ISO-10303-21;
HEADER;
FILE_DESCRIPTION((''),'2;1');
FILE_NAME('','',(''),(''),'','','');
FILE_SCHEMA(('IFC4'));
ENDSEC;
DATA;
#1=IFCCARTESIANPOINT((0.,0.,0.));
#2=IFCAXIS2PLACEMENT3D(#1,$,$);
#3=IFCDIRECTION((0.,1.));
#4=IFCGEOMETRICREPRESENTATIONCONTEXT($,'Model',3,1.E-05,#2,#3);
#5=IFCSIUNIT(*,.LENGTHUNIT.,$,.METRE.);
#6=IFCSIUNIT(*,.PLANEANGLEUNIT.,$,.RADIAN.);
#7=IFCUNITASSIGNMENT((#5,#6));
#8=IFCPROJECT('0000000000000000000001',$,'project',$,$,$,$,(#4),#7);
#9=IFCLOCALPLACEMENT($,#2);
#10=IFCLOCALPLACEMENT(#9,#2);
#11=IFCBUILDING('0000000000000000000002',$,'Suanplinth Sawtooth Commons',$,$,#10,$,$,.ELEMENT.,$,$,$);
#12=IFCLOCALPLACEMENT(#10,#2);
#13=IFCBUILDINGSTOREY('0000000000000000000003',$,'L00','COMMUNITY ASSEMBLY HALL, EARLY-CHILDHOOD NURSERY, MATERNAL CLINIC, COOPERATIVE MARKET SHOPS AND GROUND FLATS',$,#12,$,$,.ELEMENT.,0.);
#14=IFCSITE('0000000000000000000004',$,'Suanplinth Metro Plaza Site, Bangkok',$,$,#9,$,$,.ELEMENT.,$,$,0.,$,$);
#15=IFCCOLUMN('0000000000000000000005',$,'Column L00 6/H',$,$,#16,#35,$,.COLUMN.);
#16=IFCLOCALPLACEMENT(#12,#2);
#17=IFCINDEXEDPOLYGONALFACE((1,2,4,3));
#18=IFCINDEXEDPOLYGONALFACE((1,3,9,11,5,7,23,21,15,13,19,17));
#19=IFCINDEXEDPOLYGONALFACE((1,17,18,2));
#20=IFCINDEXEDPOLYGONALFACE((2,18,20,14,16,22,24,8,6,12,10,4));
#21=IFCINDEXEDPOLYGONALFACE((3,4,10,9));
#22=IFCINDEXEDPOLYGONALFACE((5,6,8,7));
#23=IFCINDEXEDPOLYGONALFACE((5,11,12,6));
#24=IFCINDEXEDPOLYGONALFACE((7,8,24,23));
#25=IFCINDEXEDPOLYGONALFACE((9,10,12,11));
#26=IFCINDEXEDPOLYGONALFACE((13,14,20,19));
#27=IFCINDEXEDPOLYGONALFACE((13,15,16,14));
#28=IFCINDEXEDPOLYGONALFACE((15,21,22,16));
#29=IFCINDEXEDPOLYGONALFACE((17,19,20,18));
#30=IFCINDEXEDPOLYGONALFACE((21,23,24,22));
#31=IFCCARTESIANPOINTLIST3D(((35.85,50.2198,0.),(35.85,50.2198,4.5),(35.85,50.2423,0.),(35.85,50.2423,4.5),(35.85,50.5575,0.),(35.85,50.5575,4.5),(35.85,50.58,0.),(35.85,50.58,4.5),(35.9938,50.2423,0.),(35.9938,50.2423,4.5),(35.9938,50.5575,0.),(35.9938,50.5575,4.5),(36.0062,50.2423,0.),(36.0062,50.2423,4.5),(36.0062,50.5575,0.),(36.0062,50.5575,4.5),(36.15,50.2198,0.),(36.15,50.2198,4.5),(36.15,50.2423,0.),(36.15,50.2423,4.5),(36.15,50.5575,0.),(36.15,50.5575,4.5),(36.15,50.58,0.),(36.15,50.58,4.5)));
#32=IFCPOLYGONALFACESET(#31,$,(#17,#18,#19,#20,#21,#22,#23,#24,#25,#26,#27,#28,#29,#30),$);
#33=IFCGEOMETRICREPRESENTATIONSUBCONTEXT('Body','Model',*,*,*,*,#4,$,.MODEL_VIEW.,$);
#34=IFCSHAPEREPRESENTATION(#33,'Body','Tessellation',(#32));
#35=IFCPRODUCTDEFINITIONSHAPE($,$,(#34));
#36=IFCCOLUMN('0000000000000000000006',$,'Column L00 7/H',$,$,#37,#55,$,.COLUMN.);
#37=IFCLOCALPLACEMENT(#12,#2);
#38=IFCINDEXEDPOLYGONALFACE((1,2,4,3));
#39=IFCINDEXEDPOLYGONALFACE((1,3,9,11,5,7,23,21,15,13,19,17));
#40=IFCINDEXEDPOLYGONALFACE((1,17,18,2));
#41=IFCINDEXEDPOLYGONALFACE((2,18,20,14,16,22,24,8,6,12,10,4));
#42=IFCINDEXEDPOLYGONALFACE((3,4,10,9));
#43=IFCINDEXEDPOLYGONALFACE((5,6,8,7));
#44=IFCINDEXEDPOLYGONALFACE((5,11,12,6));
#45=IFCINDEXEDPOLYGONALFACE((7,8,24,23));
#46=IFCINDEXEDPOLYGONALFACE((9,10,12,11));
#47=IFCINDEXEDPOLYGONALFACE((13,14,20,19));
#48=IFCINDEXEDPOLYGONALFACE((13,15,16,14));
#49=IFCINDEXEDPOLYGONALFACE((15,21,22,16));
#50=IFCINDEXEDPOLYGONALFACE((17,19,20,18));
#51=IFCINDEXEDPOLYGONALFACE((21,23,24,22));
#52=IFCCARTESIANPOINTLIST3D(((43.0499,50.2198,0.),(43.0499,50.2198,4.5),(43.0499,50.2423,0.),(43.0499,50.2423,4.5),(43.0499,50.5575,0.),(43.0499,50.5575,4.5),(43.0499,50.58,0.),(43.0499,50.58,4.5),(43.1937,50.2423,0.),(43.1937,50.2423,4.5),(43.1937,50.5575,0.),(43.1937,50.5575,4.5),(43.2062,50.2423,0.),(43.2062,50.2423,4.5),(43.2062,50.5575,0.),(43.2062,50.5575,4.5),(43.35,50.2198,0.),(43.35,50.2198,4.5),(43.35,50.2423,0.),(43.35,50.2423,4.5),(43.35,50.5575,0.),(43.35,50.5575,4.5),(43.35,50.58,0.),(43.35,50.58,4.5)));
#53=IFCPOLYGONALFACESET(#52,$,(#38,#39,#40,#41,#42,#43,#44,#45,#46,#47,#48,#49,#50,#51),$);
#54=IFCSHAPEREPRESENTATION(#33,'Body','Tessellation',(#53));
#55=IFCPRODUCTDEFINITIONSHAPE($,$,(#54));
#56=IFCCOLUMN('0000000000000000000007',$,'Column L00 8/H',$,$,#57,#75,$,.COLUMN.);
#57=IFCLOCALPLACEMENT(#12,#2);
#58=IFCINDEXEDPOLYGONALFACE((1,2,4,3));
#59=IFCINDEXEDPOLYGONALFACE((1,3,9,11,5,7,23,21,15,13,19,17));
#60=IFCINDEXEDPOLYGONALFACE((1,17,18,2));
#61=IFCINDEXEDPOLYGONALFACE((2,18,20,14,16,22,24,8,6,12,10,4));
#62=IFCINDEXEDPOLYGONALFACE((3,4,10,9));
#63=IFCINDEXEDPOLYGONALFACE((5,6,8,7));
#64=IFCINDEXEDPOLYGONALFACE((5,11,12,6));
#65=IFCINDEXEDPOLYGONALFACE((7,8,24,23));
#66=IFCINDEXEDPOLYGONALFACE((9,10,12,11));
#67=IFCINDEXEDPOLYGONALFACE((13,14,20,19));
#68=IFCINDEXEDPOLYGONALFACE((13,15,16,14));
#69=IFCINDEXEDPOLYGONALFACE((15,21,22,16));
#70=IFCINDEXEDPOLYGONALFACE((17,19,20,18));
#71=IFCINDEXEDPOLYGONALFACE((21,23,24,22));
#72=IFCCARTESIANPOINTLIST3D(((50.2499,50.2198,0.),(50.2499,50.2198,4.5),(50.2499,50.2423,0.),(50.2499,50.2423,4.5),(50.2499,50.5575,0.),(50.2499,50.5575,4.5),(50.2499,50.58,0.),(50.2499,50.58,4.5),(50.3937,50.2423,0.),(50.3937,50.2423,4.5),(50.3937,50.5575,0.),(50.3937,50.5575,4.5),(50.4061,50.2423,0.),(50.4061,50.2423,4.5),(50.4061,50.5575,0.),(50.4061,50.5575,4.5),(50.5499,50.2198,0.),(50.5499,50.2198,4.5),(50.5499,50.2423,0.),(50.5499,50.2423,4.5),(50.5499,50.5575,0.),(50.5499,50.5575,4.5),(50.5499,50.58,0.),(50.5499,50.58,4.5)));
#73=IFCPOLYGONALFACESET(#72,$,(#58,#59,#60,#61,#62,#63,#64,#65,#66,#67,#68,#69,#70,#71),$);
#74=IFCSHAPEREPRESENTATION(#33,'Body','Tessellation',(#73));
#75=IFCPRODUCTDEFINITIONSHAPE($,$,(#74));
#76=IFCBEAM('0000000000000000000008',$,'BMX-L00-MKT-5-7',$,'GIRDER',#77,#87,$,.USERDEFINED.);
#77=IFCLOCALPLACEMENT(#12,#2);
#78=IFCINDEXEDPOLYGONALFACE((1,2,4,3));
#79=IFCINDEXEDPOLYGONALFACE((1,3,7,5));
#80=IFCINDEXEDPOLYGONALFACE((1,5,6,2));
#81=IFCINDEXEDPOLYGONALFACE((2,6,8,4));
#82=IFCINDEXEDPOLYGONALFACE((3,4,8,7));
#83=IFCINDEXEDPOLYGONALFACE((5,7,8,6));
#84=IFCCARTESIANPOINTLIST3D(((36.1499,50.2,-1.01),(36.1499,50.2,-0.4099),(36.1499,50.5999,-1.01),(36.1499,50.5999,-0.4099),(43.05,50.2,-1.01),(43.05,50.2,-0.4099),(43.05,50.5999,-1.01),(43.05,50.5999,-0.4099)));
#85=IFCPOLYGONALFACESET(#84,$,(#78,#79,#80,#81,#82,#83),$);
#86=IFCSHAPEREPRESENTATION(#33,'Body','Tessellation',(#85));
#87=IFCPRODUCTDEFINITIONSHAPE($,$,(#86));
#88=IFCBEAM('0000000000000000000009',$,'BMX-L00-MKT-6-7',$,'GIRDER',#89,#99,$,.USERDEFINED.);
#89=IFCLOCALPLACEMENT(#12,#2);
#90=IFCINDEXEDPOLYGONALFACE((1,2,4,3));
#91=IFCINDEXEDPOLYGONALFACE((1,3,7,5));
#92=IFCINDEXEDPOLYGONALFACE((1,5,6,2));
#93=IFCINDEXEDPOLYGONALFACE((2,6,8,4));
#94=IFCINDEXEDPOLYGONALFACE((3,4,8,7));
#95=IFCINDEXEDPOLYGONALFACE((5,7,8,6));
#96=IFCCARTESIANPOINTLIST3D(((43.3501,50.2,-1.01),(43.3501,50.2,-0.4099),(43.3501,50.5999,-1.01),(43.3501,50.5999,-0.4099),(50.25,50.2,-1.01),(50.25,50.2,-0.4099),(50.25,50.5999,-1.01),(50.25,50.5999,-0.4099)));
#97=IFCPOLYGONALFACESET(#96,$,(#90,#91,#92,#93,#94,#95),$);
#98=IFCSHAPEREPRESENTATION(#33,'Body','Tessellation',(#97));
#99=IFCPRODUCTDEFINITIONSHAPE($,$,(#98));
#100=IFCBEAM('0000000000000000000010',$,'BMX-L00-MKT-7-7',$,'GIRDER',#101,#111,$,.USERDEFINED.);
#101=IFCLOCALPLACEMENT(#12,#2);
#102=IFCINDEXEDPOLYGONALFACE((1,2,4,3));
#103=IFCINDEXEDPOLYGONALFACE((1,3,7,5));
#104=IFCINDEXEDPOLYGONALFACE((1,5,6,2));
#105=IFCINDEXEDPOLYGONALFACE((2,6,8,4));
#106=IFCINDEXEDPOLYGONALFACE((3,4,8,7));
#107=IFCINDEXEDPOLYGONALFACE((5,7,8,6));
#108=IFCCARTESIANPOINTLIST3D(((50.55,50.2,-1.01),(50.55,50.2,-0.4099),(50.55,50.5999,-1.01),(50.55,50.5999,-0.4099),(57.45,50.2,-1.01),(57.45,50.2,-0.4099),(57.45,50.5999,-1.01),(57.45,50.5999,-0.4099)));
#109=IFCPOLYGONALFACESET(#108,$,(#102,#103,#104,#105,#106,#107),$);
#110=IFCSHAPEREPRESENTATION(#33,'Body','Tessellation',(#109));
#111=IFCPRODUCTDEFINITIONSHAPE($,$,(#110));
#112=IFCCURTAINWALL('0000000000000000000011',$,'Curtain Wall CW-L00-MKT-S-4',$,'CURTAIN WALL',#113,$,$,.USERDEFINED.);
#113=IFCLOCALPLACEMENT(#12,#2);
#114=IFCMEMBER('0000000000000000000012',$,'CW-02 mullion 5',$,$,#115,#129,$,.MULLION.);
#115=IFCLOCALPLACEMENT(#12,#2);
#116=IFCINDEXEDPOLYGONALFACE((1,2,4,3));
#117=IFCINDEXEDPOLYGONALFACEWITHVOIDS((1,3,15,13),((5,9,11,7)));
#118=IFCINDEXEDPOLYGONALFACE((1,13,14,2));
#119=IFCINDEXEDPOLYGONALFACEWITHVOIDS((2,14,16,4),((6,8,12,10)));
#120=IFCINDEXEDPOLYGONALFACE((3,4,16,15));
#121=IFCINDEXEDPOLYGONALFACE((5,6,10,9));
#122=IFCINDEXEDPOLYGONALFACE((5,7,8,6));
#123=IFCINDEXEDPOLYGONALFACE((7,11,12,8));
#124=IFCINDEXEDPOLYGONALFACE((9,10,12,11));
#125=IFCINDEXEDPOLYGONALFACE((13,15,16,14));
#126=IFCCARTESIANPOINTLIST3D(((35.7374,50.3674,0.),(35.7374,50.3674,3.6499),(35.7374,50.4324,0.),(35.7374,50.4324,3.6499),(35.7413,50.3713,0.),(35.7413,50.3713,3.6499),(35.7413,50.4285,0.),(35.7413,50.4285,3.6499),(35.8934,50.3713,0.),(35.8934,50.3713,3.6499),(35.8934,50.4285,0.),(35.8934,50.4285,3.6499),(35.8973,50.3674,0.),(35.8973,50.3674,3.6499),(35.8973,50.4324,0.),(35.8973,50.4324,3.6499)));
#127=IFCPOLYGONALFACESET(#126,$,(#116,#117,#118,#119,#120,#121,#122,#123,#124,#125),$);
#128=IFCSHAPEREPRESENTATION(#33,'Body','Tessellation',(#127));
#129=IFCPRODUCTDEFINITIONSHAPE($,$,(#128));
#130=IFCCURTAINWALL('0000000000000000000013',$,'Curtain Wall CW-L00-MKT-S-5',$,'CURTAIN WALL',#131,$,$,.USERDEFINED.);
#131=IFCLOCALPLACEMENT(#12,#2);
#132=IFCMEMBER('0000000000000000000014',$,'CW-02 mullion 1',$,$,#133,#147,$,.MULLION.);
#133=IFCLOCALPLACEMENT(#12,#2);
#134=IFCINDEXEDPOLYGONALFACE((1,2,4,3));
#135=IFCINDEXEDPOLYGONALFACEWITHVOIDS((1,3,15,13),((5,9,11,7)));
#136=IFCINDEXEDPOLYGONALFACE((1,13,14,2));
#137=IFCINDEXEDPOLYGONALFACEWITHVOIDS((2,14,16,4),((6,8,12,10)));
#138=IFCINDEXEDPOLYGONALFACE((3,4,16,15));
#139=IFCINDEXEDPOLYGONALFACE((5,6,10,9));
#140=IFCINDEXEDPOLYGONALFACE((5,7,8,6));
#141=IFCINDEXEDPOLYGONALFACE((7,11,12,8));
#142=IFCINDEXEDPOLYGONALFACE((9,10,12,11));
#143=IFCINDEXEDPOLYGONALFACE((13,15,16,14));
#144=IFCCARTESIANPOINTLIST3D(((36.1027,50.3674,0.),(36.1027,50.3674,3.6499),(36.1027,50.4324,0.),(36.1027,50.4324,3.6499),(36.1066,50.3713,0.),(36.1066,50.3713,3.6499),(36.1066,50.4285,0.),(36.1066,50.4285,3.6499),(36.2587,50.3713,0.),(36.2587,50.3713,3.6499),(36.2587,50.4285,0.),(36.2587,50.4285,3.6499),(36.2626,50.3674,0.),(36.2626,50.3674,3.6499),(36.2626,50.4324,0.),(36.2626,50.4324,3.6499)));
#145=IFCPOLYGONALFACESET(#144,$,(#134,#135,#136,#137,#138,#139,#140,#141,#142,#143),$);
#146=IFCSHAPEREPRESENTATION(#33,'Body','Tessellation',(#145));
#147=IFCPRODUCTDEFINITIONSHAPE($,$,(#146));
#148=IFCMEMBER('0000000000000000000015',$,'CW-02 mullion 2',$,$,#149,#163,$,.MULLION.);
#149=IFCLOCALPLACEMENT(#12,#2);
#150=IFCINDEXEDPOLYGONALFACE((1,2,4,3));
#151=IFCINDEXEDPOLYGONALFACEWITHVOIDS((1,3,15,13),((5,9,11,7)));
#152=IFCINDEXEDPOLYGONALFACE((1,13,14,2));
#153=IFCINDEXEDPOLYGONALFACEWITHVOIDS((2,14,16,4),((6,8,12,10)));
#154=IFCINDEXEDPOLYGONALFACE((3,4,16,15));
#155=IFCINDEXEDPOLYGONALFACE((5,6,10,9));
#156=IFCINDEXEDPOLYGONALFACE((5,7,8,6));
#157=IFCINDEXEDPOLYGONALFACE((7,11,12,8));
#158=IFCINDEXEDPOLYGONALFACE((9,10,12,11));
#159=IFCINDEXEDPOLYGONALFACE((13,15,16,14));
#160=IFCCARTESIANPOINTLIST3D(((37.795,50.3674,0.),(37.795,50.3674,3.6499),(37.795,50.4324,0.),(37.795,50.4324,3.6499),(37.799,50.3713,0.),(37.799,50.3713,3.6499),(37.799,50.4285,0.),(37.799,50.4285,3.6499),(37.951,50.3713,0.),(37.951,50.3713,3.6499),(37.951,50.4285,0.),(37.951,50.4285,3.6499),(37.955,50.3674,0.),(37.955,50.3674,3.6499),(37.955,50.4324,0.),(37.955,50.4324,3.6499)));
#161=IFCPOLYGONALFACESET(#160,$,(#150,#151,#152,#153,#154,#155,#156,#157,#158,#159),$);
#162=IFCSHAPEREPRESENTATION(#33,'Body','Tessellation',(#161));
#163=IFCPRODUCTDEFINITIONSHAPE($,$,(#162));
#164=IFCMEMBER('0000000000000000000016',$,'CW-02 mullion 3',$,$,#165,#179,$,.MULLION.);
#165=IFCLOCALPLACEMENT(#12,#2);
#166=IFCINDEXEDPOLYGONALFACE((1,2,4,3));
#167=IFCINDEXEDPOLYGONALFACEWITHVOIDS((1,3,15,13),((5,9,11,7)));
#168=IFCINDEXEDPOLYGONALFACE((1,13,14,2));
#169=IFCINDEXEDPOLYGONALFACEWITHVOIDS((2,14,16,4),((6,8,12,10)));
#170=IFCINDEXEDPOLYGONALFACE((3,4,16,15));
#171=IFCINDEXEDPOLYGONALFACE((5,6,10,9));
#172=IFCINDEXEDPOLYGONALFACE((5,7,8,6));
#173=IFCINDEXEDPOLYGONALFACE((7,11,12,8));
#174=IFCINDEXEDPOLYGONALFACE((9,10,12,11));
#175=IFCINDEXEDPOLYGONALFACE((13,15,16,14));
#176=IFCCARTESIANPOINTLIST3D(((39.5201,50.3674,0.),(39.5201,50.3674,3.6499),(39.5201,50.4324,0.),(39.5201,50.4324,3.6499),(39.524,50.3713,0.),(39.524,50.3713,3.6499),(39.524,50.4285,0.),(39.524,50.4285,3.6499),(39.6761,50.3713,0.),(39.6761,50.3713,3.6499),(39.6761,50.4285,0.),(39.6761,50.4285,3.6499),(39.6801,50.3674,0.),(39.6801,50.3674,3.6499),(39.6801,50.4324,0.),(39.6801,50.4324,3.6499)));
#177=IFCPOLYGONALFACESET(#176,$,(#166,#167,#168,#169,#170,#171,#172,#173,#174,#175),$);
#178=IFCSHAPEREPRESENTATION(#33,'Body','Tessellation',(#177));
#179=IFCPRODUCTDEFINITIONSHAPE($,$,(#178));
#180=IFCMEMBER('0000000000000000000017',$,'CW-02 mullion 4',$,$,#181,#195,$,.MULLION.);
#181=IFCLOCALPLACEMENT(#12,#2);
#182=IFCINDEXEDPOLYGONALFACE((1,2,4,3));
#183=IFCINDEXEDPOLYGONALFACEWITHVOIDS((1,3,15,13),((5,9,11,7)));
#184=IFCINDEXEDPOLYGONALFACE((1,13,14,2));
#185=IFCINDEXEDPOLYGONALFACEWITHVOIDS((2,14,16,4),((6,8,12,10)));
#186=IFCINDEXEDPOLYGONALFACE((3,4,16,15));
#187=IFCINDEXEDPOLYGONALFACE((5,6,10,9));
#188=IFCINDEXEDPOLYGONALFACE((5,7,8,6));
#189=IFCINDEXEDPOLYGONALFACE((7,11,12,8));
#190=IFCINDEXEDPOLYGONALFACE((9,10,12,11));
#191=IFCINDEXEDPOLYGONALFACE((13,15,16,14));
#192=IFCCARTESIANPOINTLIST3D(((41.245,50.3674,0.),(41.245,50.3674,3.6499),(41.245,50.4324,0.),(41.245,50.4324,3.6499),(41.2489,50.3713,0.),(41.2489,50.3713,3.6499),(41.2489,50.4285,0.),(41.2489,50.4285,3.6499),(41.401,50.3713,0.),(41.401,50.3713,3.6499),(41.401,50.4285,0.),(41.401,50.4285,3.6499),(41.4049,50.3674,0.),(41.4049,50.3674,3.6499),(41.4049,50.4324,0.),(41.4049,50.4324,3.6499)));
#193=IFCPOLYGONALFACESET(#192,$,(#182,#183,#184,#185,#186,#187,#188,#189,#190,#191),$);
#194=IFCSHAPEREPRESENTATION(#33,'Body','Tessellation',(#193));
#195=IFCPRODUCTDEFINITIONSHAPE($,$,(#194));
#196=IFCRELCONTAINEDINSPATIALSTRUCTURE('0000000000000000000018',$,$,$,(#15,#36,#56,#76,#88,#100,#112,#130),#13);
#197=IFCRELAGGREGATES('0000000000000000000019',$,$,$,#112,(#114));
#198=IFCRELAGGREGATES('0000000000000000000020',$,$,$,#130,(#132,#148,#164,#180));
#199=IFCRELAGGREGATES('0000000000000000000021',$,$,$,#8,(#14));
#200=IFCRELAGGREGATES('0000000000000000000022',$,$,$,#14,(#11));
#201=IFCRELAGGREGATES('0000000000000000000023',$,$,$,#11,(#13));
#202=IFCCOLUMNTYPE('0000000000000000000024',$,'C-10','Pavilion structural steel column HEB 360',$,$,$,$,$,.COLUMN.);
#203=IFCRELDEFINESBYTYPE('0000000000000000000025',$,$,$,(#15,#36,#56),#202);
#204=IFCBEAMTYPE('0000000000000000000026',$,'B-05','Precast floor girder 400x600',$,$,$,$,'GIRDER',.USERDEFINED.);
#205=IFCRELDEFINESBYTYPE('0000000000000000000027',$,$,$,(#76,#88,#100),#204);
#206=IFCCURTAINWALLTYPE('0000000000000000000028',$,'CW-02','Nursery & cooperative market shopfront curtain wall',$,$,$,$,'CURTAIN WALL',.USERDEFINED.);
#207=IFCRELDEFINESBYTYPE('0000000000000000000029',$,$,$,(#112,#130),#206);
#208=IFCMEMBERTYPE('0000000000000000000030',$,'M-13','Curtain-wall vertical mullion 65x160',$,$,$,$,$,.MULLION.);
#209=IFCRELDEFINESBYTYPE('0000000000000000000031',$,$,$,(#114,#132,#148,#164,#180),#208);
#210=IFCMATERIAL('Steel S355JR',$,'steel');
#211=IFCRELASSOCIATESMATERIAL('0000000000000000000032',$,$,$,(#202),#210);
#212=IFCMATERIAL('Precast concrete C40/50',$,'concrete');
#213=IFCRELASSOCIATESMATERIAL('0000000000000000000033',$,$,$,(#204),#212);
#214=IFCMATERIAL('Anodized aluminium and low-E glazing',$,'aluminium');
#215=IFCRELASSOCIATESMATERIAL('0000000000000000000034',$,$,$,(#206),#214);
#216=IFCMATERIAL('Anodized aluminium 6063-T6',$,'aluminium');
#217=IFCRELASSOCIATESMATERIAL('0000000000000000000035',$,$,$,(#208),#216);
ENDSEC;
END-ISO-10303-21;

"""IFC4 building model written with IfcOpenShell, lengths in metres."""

from ifc_helpers import new_model, si_unit, direction, frame, origin, origin_2d, place, context, subcontext, project, spatial, rectangle, hollow_rectangle, i_section, extrude, material, material_profile, profile_set, type_object, element, aggregate, save


model = new_model("IFC4")

# Units and contexts
model_context = context("Model", 3, precision=1e-05, world=origin(), true_north=direction((0.0, 1.0)))
body_context = subcontext(model_context, "Body", "Model", "MODEL_VIEW")
ifc_project = project(units=[si_unit("LENGTHUNIT", "METRE"), si_unit("PLANEANGLEUNIT", "RADIAN")], contexts=[model_context])

# Site, building, storey
site_placement = place(None, origin())
site = spatial("IfcSite", under=ifc_project, at=site_placement, Name="Suanplinth Metro Plaza Site, Bangkok", CompositionType="ELEMENT", RefElevation=0.0)
building_placement = place(site_placement, origin())
building = spatial("IfcBuilding", under=site, at=building_placement, Name="Suanplinth Sawtooth Commons", CompositionType="ELEMENT")
storey_placement = place(building_placement, origin())
storey = spatial("IfcBuildingStorey", under=building, at=storey_placement, Name="L00", Description="COMMUNITY ASSEMBLY HALL, EARLY-CHILDHOOD NURSERY, MATERNAL CLINIC, COOPERATIVE MARKET SHOPS AND GROUND FLATS", CompositionType="ELEMENT", Elevation=0.0)

# Columns
ifc_material_1 = material(Name="Steel S355JR", Category="steel")
ifc_material_profile_1 = material_profile(ifc_material_1, i_section(OverallWidth=0.3, OverallDepth=0.3601, WebThickness=0.0125, FlangeThickness=0.0225, at=origin_2d()), Name="HEB 360")
ifc_profile_set_1 = profile_set([ifc_material_profile_1], Name="Steel S355JR")
column_type = type_object("IfcColumnType", Name="C-10", Description="Pavilion structural steel column HEB 360", PredefinedType="COLUMN", material=ifc_profile_set_1)
for number, where, z_axis, x_axis, name in (
    (1, (36.0, 50.3999, 0.0), (0.0, 0.0, 1.0), (1.0, 0.0, 0.0), "Column L00 6/H"),
    (2, (43.2, 50.3999, 0.0), (0.0, 0.0, 1.0), (1.0, 0.0, 0.0), "Column L00 7/H"),
    (3, (50.3999, 50.3999, 0.0), (0.0, 0.0, 1.0), (1.0, 0.0, 0.0), "Column L00 8/H"),
):
    element("IfcColumn", number, at=place(storey_placement, frame(where, z_axis=z_axis, x_axis=x_axis)), inside=storey, type_object=column_type, Name=name, PredefinedType="COLUMN", context=body_context, shape_type="SweptSolid", body=[
        extrude(i_section(OverallWidth=0.3, OverallDepth=0.3601, WebThickness=0.0125, FlangeThickness=0.0225, at=origin_2d()), origin(), (0.0, 0.0, 1.0), 4.5),
    ])

# Beams
ifc_material_2 = material(Name="Precast concrete C40/50", Category="concrete")
ifc_material_profile_2 = material_profile(ifc_material_2, rectangle(XDim=0.3999, YDim=0.6001, at=origin_2d()), Name="PC-GDR 400x600")
ifc_profile_set_2 = profile_set([ifc_material_profile_2], Name="Precast concrete C40/50")
beam_type = type_object("IfcBeamType", Name="B-05", Description="Precast floor girder 400x600", ElementType="GIRDER", PredefinedType="USERDEFINED", material=ifc_profile_set_2)
beam_placement = place(storey_placement, frame((36.1499, 50.3999, -0.71), z_axis=(1.0, 0.0, 0.0), x_axis=(0.0, 1.0, 0.0)))
element("IfcBeam", 4, at=beam_placement, inside=storey, type_object=beam_type, Name="BMX-L00-MKT-5-7", ObjectType="GIRDER", PredefinedType="USERDEFINED", context=body_context, shape_type="SweptSolid", body=[
    extrude(rectangle(XDim=0.3999, YDim=0.6001, at=origin_2d()), origin(), (0.0, 0.0, 1.0), 6.9001),
])
for number, where, z_axis, x_axis, name in (
    (5, (43.3501, 50.3999, -0.71), (1.0, 0.0, 0.0), (0.0, 1.0, 0.0), "BMX-L00-MKT-6-7"),
    (6, (50.55, 50.3999, -0.71), (1.0, 0.0, 0.0), (0.0, 1.0, 0.0), "BMX-L00-MKT-7-7"),
):
    element("IfcBeam", number, at=place(storey_placement, frame(where, z_axis=z_axis, x_axis=x_axis)), inside=storey, type_object=beam_type, Name=name, ObjectType="GIRDER", PredefinedType="USERDEFINED", context=body_context, shape_type="SweptSolid", body=[
        extrude(rectangle(XDim=0.3999, YDim=0.6001, at=origin_2d()), origin(), (0.0, 0.0, 1.0), 6.8999),
    ])

# Curtain wall, member
ifc_material_3 = material(Name="Anodized aluminium and low-E glazing", Category="aluminium")
curtain_wall_type = type_object("IfcCurtainWallType", Name="CW-02", Description="Nursery & cooperative market shopfront curtain wall", ElementType="CURTAIN WALL", PredefinedType="USERDEFINED", material=ifc_material_3)
curtain_wall_1_placement = place(storey_placement, origin())
curtain_wall_1 = element("IfcCurtainWall", 7, at=curtain_wall_1_placement, inside=storey, type_object=curtain_wall_type, Name="Curtain Wall CW-L00-MKT-S-4", ObjectType="CURTAIN WALL", PredefinedType="USERDEFINED")
ifc_material_4 = material(Name="Anodized aluminium 6063-T6", Category="aluminium")
ifc_material_profile_3 = material_profile(ifc_material_4, hollow_rectangle(XDim=0.0649, YDim=0.1599, WallThickness=0.0039, at=origin_2d()), Name="ALU-MUL 65x160")
ifc_profile_set_3 = profile_set([ifc_material_profile_3], Name="Anodized aluminium 6063-T6")
member_type_1 = type_object("IfcMemberType", Name="M-13", Description="Curtain-wall vertical mullion 65x160", PredefinedType="MULLION", material=ifc_profile_set_3)
member_1_placement = place(storey_placement, frame((35.8174, 50.3999, 0.0), z_axis=(0.0, 0.0, 1.0), x_axis=(0.0, 1.0, 0.0)))
member_1 = element("IfcMember", 8, at=member_1_placement, type_object=member_type_1, Name="CW-02 mullion 5", PredefinedType="MULLION", context=body_context, shape_type="SweptSolid", body=[
    extrude(hollow_rectangle(XDim=0.0649, YDim=0.1599, WallThickness=0.0039, at=origin_2d()), origin(), (0.0, 0.0, 1.0), 3.6499),
])

# Curtain wall, members
curtain_wall_2_placement = place(storey_placement, origin())
curtain_wall_2 = element("IfcCurtainWall", 9, at=curtain_wall_2_placement, inside=storey, type_object=curtain_wall_type, Name="Curtain Wall CW-L00-MKT-S-5", ObjectType="CURTAIN WALL", PredefinedType="USERDEFINED")
member_2_placement = place(storey_placement, frame((36.1826, 50.3999, 0.0), z_axis=(0.0, 0.0, 1.0), x_axis=(0.0, 1.0, 0.0)))
member_2 = element("IfcMember", 10, at=member_2_placement, type_object=member_type_1, Name="CW-02 mullion 1", PredefinedType="MULLION", context=body_context, shape_type="SweptSolid", body=[
    extrude(hollow_rectangle(XDim=0.0649, YDim=0.1599, WallThickness=0.0039, at=origin_2d()), origin(), (0.0, 0.0, 1.0), 3.6499),
])
member_3_placement = place(storey_placement, frame((37.875, 50.3999, 0.0), z_axis=(0.0, 0.0, 1.0), x_axis=(0.0, 1.0, 0.0)))
member_3 = element("IfcMember", 11, at=member_3_placement, type_object=member_type_1, Name="CW-02 mullion 2", PredefinedType="MULLION", context=body_context, shape_type="SweptSolid", body=[
    extrude(hollow_rectangle(XDim=0.0649, YDim=0.1599, WallThickness=0.0039, at=origin_2d()), origin(), (0.0, 0.0, 1.0), 3.6499),
])
member_4_placement = place(storey_placement, frame((39.6001, 50.3999, 0.0), z_axis=(0.0, 0.0, 1.0), x_axis=(0.0, 1.0, 0.0)))
member_4 = element("IfcMember", 12, at=member_4_placement, type_object=member_type_1, Name="CW-02 mullion 3", PredefinedType="MULLION", context=body_context, shape_type="SweptSolid", body=[
    extrude(hollow_rectangle(XDim=0.0649, YDim=0.1599, WallThickness=0.0039, at=origin_2d()), origin(), (0.0, 0.0, 1.0), 3.6499),
])
member_5_placement = place(storey_placement, frame((41.325, 50.3999, 0.0), z_axis=(0.0, 0.0, 1.0), x_axis=(0.0, 1.0, 0.0)))
member_5 = element("IfcMember", 13, at=member_5_placement, type_object=member_type_1, Name="CW-02 mullion 4", PredefinedType="MULLION", context=body_context, shape_type="SweptSolid", body=[
    extrude(hollow_rectangle(XDim=0.0649, YDim=0.1599, WallThickness=0.0039, at=origin_2d()), origin(), (0.0, 0.0, 1.0), 3.6499),
])

aggregate(curtain_wall_1, [member_1])
aggregate(curtain_wall_2, [member_2, member_3, member_4, member_5])

save(model, "model.ifc")
